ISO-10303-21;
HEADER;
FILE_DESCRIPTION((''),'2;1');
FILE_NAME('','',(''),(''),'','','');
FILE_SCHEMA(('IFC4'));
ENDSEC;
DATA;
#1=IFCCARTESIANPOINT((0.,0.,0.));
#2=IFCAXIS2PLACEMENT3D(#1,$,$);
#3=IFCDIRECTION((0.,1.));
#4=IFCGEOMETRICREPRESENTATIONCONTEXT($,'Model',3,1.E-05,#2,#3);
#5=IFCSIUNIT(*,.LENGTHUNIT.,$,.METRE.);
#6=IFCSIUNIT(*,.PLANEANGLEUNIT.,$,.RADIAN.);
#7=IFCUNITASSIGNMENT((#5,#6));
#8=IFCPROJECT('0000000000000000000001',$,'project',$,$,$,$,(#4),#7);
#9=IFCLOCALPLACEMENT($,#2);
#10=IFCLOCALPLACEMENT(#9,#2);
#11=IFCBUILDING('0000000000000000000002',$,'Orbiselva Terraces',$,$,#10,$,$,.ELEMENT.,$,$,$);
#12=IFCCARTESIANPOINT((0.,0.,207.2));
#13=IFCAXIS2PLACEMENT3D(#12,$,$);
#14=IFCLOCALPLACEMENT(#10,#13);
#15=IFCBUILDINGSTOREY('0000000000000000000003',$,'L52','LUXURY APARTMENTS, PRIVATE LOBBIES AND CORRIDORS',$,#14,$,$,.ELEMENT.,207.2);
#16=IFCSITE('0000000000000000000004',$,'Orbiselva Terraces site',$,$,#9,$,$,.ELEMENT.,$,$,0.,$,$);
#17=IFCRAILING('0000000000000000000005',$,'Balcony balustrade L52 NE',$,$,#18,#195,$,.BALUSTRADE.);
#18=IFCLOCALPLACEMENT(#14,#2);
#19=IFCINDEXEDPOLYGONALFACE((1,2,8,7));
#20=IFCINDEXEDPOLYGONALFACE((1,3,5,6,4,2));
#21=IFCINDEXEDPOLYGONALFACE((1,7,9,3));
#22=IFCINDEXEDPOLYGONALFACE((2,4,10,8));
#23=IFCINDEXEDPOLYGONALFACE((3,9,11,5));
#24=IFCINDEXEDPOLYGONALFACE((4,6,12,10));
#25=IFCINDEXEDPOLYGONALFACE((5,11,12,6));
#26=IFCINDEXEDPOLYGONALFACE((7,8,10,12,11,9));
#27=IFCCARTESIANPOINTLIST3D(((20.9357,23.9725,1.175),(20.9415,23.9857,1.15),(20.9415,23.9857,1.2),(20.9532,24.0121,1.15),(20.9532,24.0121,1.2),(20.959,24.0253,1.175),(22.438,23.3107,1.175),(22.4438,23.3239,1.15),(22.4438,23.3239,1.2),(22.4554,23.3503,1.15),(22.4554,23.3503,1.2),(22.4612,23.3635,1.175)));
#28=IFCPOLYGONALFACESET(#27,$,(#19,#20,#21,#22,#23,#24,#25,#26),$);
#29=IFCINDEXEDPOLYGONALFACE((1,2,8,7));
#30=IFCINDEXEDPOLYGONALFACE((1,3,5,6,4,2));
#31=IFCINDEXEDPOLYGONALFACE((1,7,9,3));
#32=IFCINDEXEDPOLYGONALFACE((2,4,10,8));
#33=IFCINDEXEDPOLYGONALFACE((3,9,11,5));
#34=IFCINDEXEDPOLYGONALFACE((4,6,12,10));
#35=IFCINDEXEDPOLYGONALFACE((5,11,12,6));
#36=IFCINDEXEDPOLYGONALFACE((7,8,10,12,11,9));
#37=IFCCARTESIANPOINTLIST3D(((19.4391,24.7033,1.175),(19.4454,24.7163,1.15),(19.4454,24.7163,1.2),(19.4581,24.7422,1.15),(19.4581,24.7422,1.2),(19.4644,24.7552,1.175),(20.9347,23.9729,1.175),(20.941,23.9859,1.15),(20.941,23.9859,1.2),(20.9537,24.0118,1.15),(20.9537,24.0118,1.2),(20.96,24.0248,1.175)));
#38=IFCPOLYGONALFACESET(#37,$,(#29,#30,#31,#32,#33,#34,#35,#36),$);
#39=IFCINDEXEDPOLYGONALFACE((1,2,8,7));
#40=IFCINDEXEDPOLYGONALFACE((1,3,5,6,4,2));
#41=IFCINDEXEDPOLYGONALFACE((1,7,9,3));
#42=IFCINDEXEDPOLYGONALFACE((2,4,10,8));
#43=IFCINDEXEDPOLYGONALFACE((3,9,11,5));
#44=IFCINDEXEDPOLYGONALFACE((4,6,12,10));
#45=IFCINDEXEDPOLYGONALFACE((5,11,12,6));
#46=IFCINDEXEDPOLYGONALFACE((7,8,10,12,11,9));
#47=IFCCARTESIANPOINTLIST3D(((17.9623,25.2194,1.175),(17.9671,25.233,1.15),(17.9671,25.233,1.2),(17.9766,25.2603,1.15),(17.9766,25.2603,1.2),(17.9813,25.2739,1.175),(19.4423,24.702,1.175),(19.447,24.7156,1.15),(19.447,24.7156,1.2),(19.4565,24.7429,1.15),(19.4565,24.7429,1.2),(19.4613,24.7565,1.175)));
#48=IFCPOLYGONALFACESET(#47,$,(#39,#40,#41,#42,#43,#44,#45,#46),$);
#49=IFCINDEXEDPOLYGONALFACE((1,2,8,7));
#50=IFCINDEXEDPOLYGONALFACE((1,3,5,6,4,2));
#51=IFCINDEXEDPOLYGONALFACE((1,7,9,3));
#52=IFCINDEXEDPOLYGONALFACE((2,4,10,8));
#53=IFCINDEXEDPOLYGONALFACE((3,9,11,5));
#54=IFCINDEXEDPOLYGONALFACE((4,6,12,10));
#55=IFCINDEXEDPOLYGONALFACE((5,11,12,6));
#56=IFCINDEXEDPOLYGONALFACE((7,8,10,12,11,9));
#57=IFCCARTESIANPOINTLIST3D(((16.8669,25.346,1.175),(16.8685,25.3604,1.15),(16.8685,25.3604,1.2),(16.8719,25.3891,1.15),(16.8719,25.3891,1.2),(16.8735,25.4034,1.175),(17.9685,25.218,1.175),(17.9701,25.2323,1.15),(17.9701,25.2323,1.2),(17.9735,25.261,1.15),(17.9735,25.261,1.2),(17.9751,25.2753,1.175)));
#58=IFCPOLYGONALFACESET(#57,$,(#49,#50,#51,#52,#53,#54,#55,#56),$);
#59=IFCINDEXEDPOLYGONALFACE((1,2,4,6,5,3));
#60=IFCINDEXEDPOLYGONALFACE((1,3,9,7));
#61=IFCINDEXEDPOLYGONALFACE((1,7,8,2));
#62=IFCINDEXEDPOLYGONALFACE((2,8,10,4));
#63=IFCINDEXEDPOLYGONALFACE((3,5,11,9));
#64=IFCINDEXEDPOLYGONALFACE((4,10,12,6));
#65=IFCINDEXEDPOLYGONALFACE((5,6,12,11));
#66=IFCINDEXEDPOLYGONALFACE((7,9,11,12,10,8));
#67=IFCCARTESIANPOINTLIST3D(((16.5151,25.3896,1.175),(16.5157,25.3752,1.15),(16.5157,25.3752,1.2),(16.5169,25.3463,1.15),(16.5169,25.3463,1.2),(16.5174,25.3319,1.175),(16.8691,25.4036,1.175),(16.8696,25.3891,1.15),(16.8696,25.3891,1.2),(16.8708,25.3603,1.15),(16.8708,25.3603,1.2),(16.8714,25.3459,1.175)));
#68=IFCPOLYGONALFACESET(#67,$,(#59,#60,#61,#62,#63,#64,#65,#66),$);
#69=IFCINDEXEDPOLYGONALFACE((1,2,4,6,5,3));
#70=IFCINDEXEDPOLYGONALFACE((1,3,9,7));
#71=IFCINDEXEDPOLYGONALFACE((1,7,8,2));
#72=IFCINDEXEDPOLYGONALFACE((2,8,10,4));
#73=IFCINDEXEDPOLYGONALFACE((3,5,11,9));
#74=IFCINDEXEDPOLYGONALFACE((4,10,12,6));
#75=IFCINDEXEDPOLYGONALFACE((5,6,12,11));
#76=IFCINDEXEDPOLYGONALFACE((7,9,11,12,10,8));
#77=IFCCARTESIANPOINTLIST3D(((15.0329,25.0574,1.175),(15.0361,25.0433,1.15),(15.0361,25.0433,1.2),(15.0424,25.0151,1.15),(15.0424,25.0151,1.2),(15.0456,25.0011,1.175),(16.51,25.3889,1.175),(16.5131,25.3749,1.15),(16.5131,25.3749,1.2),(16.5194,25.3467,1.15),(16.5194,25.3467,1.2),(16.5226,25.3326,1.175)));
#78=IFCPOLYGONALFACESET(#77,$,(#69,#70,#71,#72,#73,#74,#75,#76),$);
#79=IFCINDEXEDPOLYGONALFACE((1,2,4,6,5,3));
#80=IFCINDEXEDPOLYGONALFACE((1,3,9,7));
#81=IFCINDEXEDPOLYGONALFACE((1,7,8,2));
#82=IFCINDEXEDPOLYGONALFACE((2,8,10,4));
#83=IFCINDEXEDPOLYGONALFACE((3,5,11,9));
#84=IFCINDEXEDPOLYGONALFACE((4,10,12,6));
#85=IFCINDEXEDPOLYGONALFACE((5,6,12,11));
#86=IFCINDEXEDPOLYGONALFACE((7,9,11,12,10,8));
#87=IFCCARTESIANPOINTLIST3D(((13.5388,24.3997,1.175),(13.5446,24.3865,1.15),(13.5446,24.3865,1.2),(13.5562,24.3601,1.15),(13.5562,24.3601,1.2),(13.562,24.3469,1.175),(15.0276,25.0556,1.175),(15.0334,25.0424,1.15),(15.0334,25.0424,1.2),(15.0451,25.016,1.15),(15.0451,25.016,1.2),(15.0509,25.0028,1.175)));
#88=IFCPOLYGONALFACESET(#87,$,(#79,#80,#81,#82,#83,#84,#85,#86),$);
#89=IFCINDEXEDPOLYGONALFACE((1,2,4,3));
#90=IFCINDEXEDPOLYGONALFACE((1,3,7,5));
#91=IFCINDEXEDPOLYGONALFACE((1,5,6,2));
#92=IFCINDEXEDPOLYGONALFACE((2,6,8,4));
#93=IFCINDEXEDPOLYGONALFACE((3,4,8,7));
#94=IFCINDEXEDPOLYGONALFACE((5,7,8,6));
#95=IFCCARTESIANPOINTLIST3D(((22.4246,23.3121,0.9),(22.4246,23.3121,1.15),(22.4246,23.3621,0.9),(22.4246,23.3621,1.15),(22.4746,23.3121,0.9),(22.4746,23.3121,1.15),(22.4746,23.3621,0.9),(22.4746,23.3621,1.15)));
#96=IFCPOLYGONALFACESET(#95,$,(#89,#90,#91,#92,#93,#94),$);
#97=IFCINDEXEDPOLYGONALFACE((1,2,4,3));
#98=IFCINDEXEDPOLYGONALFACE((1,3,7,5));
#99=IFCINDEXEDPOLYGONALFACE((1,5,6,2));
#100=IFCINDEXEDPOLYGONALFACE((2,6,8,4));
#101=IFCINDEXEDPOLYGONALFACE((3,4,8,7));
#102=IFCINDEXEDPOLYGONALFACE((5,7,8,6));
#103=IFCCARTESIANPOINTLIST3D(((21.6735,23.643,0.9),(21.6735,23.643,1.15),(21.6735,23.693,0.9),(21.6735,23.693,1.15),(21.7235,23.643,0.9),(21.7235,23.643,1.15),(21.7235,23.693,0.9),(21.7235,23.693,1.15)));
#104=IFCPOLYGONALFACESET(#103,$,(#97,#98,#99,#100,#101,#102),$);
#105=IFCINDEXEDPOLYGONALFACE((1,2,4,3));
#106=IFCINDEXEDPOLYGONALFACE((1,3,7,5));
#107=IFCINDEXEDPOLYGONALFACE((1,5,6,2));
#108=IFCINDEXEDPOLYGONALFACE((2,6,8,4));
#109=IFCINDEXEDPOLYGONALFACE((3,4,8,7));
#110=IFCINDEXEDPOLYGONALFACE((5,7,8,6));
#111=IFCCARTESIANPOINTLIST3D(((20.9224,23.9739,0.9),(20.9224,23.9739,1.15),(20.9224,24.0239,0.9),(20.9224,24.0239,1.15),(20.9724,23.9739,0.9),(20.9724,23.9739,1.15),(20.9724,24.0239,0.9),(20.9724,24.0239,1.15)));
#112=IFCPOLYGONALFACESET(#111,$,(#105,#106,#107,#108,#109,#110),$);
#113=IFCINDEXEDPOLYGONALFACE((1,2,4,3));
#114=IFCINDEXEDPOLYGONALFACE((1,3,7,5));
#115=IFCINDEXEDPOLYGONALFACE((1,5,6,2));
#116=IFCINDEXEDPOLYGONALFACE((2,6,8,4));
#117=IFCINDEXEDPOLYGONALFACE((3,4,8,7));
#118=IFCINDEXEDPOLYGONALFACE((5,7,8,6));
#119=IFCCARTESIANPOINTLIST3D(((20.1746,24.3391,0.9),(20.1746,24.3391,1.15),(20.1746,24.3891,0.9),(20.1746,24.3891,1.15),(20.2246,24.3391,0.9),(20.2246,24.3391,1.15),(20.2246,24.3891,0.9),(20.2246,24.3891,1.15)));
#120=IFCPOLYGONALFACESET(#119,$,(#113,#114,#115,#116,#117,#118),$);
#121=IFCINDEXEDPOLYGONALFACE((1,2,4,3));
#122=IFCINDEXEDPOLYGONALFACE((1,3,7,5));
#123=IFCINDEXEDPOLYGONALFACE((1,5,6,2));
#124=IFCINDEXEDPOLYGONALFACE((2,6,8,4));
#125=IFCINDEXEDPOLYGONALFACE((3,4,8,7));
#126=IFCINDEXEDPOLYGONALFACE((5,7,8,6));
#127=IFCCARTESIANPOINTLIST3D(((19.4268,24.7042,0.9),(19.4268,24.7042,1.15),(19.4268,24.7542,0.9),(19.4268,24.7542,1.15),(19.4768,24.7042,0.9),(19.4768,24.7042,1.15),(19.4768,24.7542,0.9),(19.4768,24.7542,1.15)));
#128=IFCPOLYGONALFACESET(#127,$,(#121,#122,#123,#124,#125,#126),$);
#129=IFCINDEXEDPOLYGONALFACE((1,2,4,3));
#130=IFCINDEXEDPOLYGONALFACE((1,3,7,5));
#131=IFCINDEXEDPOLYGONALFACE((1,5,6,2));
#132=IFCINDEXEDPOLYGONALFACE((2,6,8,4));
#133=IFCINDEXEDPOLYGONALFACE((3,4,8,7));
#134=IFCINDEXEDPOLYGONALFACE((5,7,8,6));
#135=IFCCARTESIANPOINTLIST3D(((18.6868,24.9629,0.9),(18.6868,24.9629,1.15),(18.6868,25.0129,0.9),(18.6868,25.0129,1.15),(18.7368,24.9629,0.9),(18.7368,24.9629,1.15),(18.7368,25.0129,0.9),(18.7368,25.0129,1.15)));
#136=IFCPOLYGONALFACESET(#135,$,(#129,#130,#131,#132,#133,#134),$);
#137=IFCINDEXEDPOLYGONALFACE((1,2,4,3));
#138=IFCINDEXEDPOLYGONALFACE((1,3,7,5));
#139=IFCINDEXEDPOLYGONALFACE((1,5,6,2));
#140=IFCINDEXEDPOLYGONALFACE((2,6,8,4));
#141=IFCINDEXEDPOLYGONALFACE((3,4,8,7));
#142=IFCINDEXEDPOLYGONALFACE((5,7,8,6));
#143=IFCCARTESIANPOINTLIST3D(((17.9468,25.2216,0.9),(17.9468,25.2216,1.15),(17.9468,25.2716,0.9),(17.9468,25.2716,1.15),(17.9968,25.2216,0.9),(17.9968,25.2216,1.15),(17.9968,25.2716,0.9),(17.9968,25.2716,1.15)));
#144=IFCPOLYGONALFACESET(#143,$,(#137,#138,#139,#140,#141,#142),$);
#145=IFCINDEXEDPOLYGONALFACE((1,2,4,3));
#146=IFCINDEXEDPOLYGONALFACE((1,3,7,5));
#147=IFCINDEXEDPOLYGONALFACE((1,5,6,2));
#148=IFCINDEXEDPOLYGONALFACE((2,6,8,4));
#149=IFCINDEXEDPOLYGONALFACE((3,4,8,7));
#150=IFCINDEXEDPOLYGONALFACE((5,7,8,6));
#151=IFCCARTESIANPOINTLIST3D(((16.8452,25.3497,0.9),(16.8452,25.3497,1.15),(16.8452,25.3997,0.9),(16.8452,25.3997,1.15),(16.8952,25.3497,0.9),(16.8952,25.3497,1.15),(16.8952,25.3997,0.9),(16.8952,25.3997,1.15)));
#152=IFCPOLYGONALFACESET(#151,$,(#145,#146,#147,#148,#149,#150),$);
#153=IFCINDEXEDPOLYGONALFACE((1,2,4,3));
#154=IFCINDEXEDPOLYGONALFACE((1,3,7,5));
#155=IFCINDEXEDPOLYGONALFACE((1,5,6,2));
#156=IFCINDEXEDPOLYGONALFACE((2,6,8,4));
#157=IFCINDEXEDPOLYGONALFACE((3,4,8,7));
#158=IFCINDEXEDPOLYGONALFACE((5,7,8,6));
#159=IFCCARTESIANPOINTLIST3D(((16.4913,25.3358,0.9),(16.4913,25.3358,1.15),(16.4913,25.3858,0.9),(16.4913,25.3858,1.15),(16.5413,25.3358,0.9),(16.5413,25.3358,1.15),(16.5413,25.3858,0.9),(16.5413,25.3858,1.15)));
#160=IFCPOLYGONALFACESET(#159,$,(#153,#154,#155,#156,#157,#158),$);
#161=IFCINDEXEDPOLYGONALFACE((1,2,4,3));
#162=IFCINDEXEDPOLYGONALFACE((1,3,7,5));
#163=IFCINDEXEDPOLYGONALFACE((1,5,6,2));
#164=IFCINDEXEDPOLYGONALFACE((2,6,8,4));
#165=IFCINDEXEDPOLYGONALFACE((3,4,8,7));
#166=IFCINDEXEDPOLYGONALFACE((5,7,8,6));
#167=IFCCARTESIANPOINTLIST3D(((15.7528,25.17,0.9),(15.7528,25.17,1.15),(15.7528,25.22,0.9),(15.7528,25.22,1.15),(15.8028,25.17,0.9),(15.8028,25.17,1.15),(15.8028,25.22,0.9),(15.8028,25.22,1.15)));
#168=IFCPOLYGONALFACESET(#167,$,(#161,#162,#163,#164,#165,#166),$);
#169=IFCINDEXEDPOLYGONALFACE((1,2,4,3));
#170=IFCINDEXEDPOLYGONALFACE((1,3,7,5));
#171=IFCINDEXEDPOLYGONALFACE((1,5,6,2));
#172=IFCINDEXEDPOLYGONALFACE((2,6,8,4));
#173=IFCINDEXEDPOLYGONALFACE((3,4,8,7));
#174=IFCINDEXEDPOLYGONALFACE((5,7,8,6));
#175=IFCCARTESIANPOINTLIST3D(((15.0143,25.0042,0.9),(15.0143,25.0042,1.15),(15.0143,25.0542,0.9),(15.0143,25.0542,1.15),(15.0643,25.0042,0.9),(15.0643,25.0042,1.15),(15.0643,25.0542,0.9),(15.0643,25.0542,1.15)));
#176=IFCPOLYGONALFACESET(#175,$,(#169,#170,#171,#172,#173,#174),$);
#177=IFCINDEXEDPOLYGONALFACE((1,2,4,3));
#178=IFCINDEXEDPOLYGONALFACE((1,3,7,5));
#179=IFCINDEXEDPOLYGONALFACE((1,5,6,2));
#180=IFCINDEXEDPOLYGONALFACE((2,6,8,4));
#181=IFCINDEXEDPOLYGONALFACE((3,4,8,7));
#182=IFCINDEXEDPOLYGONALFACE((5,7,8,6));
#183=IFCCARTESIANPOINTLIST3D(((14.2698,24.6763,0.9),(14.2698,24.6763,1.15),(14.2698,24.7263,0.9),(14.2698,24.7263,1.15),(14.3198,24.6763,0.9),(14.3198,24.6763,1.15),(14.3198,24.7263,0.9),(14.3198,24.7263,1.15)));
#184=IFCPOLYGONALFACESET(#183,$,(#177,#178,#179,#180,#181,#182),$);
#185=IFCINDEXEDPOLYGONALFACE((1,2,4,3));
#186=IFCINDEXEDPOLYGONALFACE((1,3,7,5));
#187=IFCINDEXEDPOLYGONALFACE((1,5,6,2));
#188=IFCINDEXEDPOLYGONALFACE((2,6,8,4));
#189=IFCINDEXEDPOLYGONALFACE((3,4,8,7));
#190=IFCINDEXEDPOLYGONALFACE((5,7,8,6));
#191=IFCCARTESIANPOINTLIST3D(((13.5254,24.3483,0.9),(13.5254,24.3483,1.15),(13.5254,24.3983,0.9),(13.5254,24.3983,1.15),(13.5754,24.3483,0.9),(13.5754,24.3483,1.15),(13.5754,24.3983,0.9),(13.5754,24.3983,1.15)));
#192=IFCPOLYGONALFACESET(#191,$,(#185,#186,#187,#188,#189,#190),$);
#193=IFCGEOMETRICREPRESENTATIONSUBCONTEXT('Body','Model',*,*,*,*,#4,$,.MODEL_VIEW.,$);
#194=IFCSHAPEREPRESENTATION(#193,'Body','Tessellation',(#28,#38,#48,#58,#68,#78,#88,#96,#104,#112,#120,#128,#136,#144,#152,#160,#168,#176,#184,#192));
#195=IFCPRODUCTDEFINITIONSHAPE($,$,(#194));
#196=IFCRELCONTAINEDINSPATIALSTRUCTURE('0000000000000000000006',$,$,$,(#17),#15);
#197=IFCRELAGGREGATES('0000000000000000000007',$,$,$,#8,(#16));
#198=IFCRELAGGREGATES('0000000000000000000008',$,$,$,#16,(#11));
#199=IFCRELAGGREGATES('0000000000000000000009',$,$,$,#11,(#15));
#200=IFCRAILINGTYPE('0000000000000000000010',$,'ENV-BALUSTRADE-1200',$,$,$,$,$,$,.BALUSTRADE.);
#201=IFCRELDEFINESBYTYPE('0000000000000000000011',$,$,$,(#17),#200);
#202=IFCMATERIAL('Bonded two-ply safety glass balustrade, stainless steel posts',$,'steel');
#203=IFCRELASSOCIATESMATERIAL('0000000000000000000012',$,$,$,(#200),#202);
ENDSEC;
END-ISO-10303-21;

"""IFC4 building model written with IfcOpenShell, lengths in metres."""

from ifc_helpers import new_model, si_unit, direction, frame, origin, origin_2d, place, context, subcontext, project, spatial, polyline, rectangle, outline, extrude, material, type_object, element, save


model = new_model("IFC4")

# Units and contexts
model_context = context("Model", 3, precision=1e-05, world=origin(), true_north=direction((0.0, 1.0)))
body_context = subcontext(model_context, "Body", "Model", "MODEL_VIEW")
ifc_project = project(units=[si_unit("LENGTHUNIT", "METRE"), si_unit("PLANEANGLEUNIT", "RADIAN")], contexts=[model_context])

# Site, building, storey
site_placement = place(None, origin())
site = spatial("IfcSite", under=ifc_project, at=site_placement, Name="Orbiselva Terraces site", CompositionType="ELEMENT", RefElevation=0.0)
building_placement = place(site_placement, origin())
building = spatial("IfcBuilding", under=site, at=building_placement, Name="Orbiselva Terraces", CompositionType="ELEMENT")
storey_placement = place(building_placement, frame((0.0, 0.0, 207.2)))
storey = spatial("IfcBuildingStorey", under=building, at=storey_placement, Name="L52", Description="LUXURY APARTMENTS, PRIVATE LOBBIES AND CORRIDORS", CompositionType="ELEMENT", Elevation=207.2)

# Railing
ifc_material_1 = material(Name="Bonded two-ply safety glass balustrade, stainless steel posts", Category="steel")
railing_type_1 = type_object("IfcRailingType", Name="ENV-BALUSTRADE-1200", PredefinedType="BALUSTRADE", material=ifc_material_1)
railing_1_placement = place(storey_placement, frame((22.4496, 23.3371, 0.9)))
element("IfcRailing", 1, at=railing_1_placement, inside=storey, type_object=railing_type_1, Name="Balcony balustrade L52 NE", PredefinedType="BALUSTRADE", context=body_context, shape_type="SweptSolid", body=[
    extrude(outline(polyline([(0.0289, 0.0), (0.0144, 0.025), (-0.0144, 0.025), (-0.0289, 0.0), (-0.0144, -0.025), (0.0144, -0.025), (0.0289, 0.0)])), frame((0.0, 0.0, 0.275), z_axis=(-0.915133, 0.403151, 0.0), x_axis=(-0.403151, -0.915133, 0.0)), (0.0, 0.0, 1.0), 1.6416),
    extrude(outline(polyline([(0.0289, 0.0), (0.0144, 0.025), (-0.0144, 0.025), (-0.0289, 0.0), (-0.0144, -0.025), (0.0144, -0.025), (0.0289, 0.0)])), frame((-1.5022, 0.6618, 0.275), z_axis=(-0.898579, 0.438812, 0.0), x_axis=(-0.438812, -0.898579, 0.0)), (0.0, 0.0, 1.0), 1.6644),
    extrude(outline(polyline([(0.0289, 0.0), (0.0144, 0.025), (-0.0144, 0.025), (-0.0289, 0.0), (-0.0144, -0.025), (0.0144, -0.025), (0.0289, 0.0)])), frame((-2.9978, 1.3921, 0.275), z_axis=(-0.943972, 0.330025, 0.0), x_axis=(-0.330025, -0.943972, 0.0)), (0.0, 0.0, 1.0), 1.5678),
    extrude(outline(polyline([(0.0289, 0.0), (0.0144, 0.025), (-0.0144, 0.025), (-0.0289, 0.0), (-0.0144, -0.025), (0.0144, -0.025), (0.0289, 0.0)])), frame((-4.4778, 1.9096, 0.275), z_axis=(-0.99331, 0.115481, 0.0), x_axis=(-0.115481, -0.99331, 0.0)), (0.0, 0.0, 1.0), 1.109),
    extrude(outline(polyline([(0.0289, 0.0), (0.0144, 0.025), (-0.0144, 0.025), (-0.0289, 0.0), (-0.0144, -0.025), (0.0144, -0.025), (0.0289, 0.0)])), frame((-5.5794, 2.0376, 0.275), z_axis=(-0.999225, -0.039364, 0.0), x_axis=(0.039364, -0.999225, 0.0)), (0.0, 0.0, 1.0), 0.3542),
    extrude(outline(polyline([(0.0289, 0.0), (0.0144, 0.025), (-0.0144, 0.025), (-0.0289, 0.0), (-0.0144, -0.025), (0.0144, -0.025), (0.0289, 0.0)])), frame((-5.9333, 2.0237, 0.275), z_axis=(-0.975721, -0.219016, 0.0), x_axis=(0.219016, -0.975721, 0.0)), (0.0, 0.0, 1.0), 1.5138),
    extrude(outline(polyline([(0.0289, 0.0), (0.0144, 0.025), (-0.0144, 0.025), (-0.0289, 0.0), (-0.0144, -0.025), (0.0144, -0.025), (0.0289, 0.0)])), frame((-7.4104, 1.6921, 0.275), z_axis=(-0.915133, -0.403151, 0.0), x_axis=(0.403151, -0.915133, 0.0)), (0.0, 0.0, 1.0), 1.6269),
    extrude(rectangle(XDim=0.05, YDim=0.05, at=origin_2d()), origin(), (0.0, 0.0, 1.0), 0.25),
    extrude(rectangle(XDim=0.05, YDim=0.05, at=origin_2d()), frame((-0.7511, 0.3309, 0.0)), (0.0, 0.0, 1.0), 0.25),
    extrude(rectangle(XDim=0.05, YDim=0.05, at=origin_2d()), frame((-1.5022, 0.6618, 0.0)), (0.0, 0.0, 1.0), 0.25),
    extrude(rectangle(XDim=0.05, YDim=0.05, at=origin_2d()), frame((-2.25, 1.027, 0.0)), (0.0, 0.0, 1.0), 0.25),
    extrude(rectangle(XDim=0.05, YDim=0.05, at=origin_2d()), frame((-2.9978, 1.3921, 0.0)), (0.0, 0.0, 1.0), 0.25),
    extrude(rectangle(XDim=0.05, YDim=0.05, at=origin_2d()), frame((-3.7378, 1.6509, 0.0)), (0.0, 0.0, 1.0), 0.25),
    extrude(rectangle(XDim=0.05, YDim=0.05, at=origin_2d()), frame((-4.4778, 1.9096, 0.0)), (0.0, 0.0, 1.0), 0.25),
    extrude(rectangle(XDim=0.05, YDim=0.05, at=origin_2d()), frame((-5.5794, 2.0376, 0.0)), (0.0, 0.0, 1.0), 0.25),
    extrude(rectangle(XDim=0.05, YDim=0.05, at=origin_2d()), frame((-5.9333, 2.0237, 0.0)), (0.0, 0.0, 1.0), 0.25),
    extrude(rectangle(XDim=0.05, YDim=0.05, at=origin_2d()), frame((-6.6718, 1.8579, 0.0)), (0.0, 0.0, 1.0), 0.25),
    extrude(rectangle(XDim=0.05, YDim=0.05, at=origin_2d()), frame((-7.4104, 1.6921, 0.0)), (0.0, 0.0, 1.0), 0.25),
    extrude(rectangle(XDim=0.05, YDim=0.05, at=origin_2d()), frame((-8.1548, 1.3642, 0.0)), (0.0, 0.0, 1.0), 0.25),
    extrude(rectangle(XDim=0.05, YDim=0.05, at=origin_2d()), frame((-8.8992, 1.0362, 0.0)), (0.0, 0.0, 1.0), 0.25),
])

save(model, "model.ifc")
